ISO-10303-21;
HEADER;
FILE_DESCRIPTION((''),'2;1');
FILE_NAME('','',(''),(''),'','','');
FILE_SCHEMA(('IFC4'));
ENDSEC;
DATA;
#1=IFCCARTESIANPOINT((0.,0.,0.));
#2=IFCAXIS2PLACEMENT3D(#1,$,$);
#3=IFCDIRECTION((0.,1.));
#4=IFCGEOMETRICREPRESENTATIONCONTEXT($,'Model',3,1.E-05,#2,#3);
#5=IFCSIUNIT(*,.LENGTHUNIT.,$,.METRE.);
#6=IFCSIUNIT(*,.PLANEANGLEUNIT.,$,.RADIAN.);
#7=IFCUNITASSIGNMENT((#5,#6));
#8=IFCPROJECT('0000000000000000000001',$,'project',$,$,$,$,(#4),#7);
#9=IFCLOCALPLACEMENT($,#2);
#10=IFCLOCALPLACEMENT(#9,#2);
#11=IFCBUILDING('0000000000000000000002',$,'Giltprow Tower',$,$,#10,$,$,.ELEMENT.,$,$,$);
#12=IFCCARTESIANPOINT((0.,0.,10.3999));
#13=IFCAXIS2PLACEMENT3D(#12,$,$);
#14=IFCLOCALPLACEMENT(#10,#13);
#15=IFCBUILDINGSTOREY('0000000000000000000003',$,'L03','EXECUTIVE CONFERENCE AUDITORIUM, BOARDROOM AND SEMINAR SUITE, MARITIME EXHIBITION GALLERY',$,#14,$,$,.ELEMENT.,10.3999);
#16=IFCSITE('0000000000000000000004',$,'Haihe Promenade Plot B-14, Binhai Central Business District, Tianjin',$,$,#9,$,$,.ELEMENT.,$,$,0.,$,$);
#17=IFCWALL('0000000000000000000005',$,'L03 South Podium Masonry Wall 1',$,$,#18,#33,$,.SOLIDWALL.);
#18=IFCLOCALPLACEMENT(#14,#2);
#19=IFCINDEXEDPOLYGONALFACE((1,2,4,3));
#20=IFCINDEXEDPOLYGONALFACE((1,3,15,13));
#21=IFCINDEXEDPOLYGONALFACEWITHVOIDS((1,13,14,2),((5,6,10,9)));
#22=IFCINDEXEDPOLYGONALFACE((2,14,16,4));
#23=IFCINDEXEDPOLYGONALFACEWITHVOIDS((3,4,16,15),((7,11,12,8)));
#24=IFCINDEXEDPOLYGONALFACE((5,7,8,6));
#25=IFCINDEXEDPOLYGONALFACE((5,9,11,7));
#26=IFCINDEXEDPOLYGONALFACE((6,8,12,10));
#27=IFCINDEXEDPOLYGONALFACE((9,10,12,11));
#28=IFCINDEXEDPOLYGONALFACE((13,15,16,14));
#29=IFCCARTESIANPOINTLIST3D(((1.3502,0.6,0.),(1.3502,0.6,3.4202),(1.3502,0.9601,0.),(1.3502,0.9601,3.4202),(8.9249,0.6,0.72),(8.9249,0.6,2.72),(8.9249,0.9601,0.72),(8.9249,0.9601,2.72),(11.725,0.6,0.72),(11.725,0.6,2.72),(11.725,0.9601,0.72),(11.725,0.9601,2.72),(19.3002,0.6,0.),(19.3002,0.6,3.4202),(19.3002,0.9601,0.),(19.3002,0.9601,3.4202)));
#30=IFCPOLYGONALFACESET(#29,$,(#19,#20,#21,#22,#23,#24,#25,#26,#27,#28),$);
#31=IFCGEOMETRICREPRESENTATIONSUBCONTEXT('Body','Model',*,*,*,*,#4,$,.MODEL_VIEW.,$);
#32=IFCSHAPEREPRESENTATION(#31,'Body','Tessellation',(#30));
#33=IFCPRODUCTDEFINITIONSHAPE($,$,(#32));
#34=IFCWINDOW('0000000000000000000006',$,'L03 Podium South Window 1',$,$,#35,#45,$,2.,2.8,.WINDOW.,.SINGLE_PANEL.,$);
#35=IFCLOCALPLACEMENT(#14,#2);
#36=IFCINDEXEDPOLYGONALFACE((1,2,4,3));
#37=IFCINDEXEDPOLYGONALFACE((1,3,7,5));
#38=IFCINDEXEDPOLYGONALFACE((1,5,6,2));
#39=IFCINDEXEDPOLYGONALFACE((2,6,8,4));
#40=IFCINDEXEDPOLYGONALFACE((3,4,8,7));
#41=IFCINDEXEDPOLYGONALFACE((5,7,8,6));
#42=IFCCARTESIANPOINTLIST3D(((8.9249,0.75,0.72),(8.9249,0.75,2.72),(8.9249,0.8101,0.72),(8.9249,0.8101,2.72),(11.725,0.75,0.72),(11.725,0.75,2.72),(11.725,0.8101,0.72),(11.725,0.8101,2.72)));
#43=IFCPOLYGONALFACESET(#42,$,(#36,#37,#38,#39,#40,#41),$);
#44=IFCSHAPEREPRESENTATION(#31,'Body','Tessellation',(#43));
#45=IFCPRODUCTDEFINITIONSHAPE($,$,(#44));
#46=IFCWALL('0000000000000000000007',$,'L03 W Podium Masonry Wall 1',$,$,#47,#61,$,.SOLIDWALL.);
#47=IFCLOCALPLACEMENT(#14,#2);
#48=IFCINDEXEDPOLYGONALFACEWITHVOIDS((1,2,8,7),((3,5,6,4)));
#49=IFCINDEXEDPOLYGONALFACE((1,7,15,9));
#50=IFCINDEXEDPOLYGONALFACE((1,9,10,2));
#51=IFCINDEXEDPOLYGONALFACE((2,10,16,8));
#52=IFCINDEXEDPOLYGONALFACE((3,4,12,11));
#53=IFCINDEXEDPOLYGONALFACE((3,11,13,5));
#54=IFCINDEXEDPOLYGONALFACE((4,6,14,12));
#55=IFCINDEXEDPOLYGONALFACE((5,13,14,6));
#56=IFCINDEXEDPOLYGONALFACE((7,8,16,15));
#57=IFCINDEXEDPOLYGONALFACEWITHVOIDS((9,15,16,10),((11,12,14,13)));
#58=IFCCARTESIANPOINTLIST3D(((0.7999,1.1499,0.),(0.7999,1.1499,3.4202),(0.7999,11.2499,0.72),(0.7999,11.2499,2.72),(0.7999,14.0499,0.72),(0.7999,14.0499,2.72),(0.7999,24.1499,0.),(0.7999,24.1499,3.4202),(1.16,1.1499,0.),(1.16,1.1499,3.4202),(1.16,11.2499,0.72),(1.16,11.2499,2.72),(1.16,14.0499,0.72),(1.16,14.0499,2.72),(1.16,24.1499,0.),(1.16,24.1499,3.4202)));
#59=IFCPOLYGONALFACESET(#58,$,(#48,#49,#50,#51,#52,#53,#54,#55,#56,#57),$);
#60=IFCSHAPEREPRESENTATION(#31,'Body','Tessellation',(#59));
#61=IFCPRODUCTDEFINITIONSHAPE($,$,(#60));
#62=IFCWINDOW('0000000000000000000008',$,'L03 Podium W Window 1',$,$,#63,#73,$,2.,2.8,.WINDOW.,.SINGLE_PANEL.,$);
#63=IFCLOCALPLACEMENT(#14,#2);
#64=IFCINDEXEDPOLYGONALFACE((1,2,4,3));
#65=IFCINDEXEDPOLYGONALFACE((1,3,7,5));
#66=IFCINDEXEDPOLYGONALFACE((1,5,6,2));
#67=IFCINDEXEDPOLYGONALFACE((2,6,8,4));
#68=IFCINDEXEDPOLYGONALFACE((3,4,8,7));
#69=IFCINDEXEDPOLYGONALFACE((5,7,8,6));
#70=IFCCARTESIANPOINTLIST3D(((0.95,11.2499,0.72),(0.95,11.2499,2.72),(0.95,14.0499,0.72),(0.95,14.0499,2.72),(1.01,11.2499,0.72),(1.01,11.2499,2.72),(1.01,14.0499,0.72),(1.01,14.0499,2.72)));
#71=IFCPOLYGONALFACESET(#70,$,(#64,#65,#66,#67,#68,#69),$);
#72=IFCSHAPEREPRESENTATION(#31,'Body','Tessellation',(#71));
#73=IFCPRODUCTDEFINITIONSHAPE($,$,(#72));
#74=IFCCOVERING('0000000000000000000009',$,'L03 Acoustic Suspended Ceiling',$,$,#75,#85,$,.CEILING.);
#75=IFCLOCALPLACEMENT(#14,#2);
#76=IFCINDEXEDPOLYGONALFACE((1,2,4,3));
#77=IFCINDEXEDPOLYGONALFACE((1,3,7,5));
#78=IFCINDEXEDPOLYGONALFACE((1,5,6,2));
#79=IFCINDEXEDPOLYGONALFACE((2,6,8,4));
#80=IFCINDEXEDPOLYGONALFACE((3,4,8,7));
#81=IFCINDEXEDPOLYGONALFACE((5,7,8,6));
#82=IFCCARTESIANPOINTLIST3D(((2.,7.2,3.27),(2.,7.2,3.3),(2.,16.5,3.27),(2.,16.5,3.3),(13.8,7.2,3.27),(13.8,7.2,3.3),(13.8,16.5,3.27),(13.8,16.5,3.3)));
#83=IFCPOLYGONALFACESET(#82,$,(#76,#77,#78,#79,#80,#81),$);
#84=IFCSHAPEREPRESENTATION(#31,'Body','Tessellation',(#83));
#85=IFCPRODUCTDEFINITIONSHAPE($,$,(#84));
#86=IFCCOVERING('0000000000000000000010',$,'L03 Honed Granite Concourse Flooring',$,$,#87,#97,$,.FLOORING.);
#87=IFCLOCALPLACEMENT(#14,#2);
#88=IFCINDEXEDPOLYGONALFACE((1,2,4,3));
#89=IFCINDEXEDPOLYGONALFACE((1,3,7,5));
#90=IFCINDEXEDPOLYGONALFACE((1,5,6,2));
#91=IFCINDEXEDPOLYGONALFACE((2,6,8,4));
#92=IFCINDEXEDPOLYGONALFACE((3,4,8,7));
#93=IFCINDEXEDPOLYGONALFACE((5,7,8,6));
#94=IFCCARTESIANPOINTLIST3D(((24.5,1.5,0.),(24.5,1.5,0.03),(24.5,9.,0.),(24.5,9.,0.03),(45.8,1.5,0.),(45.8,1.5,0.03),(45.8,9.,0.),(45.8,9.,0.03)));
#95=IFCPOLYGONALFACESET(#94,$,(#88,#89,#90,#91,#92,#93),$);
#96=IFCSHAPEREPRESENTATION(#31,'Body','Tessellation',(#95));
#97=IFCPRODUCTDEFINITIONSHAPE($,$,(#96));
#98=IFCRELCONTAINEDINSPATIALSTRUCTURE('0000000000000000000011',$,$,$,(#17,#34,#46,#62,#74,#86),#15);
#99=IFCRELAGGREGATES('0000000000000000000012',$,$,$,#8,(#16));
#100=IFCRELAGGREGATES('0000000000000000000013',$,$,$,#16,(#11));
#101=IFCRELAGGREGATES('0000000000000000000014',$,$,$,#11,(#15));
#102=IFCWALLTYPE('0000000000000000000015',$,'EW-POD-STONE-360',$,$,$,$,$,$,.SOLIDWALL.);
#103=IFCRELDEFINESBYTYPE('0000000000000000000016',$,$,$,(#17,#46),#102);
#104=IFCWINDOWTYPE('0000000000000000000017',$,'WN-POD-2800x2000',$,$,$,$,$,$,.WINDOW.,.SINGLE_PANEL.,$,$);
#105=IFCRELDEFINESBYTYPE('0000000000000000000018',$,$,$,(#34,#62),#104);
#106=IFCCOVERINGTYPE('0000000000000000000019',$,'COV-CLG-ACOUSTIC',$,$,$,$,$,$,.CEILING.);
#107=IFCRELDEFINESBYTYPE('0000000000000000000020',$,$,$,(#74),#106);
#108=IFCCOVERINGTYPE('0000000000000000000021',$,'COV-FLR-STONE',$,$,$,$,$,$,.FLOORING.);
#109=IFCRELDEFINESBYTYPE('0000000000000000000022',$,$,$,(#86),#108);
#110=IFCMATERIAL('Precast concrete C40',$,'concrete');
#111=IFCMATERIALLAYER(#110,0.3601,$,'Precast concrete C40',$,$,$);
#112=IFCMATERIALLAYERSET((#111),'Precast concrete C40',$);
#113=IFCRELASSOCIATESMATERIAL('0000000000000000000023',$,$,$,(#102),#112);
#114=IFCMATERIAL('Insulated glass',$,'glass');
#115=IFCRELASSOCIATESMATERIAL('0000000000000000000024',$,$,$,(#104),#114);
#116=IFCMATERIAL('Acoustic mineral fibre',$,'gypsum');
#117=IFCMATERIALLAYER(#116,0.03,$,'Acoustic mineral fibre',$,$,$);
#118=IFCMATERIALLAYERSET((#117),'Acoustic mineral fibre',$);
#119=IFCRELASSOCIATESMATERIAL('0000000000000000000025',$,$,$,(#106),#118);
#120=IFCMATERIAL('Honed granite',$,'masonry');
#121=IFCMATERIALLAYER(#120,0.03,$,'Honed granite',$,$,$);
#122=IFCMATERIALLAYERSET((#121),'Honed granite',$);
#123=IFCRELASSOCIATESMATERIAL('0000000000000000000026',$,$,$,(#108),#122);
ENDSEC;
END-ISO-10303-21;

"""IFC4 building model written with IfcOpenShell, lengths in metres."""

from ifc_helpers import new_model, si_unit, direction, frame, frame_2d, origin, place, context, subcontext, project, spatial, polyline, rectangle, outline, extrude, source, transform, mapped, material, layer, layer_set, type_object, element, fill, save


model = new_model("IFC4")

# Units and contexts
model_context = context("Model", 3, precision=1e-05, world=origin(), true_north=direction((0.0, 1.0)))
body_context = subcontext(model_context, "Body", "Model", "MODEL_VIEW")
ifc_project = project(units=[si_unit("LENGTHUNIT", "METRE"), si_unit("PLANEANGLEUNIT", "RADIAN")], contexts=[model_context])

# Site, building, storey
site_placement = place(None, origin())
site = spatial("IfcSite", under=ifc_project, at=site_placement, Name="Haihe Promenade Plot B-14, Binhai Central Business District, Tianjin", CompositionType="ELEMENT", RefElevation=0.0)
building_placement = place(site_placement, origin())
building = spatial("IfcBuilding", under=site, at=building_placement, Name="Giltprow Tower", CompositionType="ELEMENT")
storey_placement = place(building_placement, frame((0.0, 0.0, 10.3999)))
storey = spatial("IfcBuildingStorey", under=building, at=storey_placement, Name="L03", Description="EXECUTIVE CONFERENCE AUDITORIUM, BOARDROOM AND SEMINAR SUITE, MARITIME EXHIBITION GALLERY", CompositionType="ELEMENT", Elevation=10.3999)

# Walls, openings, windows
ifc_material_1 = material(Name="Precast concrete C40", Category="concrete")
ifc_layer_1 = layer(ifc_material_1, 0.3601, Name="Precast concrete C40")
ifc_layer_set_1 = layer_set([ifc_layer_1], Name="Precast concrete C40")
wall_type = type_object("IfcWallType", Name="EW-POD-STONE-360", PredefinedType="SOLIDWALL", material=ifc_layer_set_1)
wall_1_placement = place(storey_placement, frame((1.3501, 0.78, 0.0), z_axis=(0.0, 0.0, 1.0), x_axis=(1.0, 0.0, 0.0)))
wall_1 = element("IfcWall", 1, at=wall_1_placement, inside=storey, type_object=wall_type, Name="L03 South Podium Masonry Wall 1", PredefinedType="SOLIDWALL", context=body_context, shape_type="SweptSolid", body=[
    extrude(rectangle(XDim=17.95, YDim=0.3601, at=frame_2d((8.9751, 0.0))), origin(), (0.0, 0.0, 1.0), 3.4202),
])
opening_1_placement = place(wall_1_placement, frame((7.575, 0.0, 0.72)))
opening_1 = element("IfcOpeningElement", 2, at=opening_1_placement, cuts=wall_1, PredefinedType="OPENING", context=body_context, shape_type="SweptSolid", body=[
    extrude(rectangle(XDim=2.8, YDim=2.0, at=frame_2d((1.3999, 1.0))), frame((0.0, 0.1899, 0.0), z_axis=(0.0, -1.0, 0.0), x_axis=(1.0, 0.0, 0.0)), (0.0, 0.0, 1.0), 0.3801),
])
ifc_material_2 = material(Name="Insulated glass", Category="glass")
window_type = type_object("IfcWindowType", Name="WN-POD-2800x2000", PartitioningType="SINGLE_PANEL", PredefinedType="WINDOW", material=ifc_material_2)
shared_shape_1 = source(origin(), body_context, "Body", "SweptSolid", [
    extrude(rectangle(XDim=2.8, YDim=2.0, at=frame_2d((1.3999, 1.0))), frame((0.0, 0.03, 0.0), z_axis=(0.0, -1.0, 0.0), x_axis=(1.0, 0.0, 0.0)), (0.0, 0.0, 1.0), 0.0601),
])
window_1_placement = place(opening_1_placement, origin())
window_1 = element("IfcWindow", 3, at=window_1_placement, inside=storey, type_object=window_type, Name="L03 Podium South Window 1", OverallHeight=2.0, OverallWidth=2.8, PartitioningType="SINGLE_PANEL", PredefinedType="WINDOW", context=body_context, shape_type="MappedRepresentation", body=[
    mapped(shared_shape_1, transform((0.0, 0.0, 0.0), x_axis=(1.0, 0.0, 0.0), y_axis=(0.0, 1.0, 0.0), z_axis=(0.0, 0.0, 1.0), scale=1.0)),
])
fill(opening_1, window_1)
wall_2_placement = place(storey_placement, frame((0.98, 1.1499, 0.0), z_axis=(0.0, 0.0, 1.0), x_axis=(0.0, 1.0, 0.0)))
wall_2 = element("IfcWall", 4, at=wall_2_placement, inside=storey, type_object=wall_type, Name="L03 W Podium Masonry Wall 1", PredefinedType="SOLIDWALL", context=body_context, shape_type="SweptSolid", body=[
    extrude(rectangle(XDim=23.0, YDim=0.3601, at=frame_2d((11.5, 0.0))), origin(), (0.0, 0.0, 1.0), 3.4202),
])
opening_2_placement = place(wall_2_placement, frame((10.1001, 0.0, 0.72)))
opening_2 = element("IfcOpeningElement", 5, at=opening_2_placement, cuts=wall_2, PredefinedType="OPENING", context=body_context, shape_type="SweptSolid", body=[
    extrude(rectangle(XDim=2.8, YDim=2.0, at=frame_2d((1.3999, 1.0))), frame((0.0, 0.1899, 0.0), z_axis=(0.0, -1.0, 0.0), x_axis=(1.0, 0.0, 0.0)), (0.0, 0.0, 1.0), 0.3801),
])
window_2_placement = place(opening_2_placement, origin())
window_2 = element("IfcWindow", 6, at=window_2_placement, inside=storey, type_object=window_type, Name="L03 Podium W Window 1", OverallHeight=2.0, OverallWidth=2.8, PartitioningType="SINGLE_PANEL", PredefinedType="WINDOW", context=body_context, shape_type="MappedRepresentation", body=[
    mapped(shared_shape_1, transform((0.0, 0.0, 0.0), x_axis=(1.0, 0.0, 0.0), y_axis=(0.0, 1.0, 0.0), z_axis=(0.0, 0.0, 1.0), scale=1.0)),
])
fill(opening_2, window_2)

# Coverings
ifc_material_3 = material(Name="Acoustic mineral fibre", Category="gypsum")
ifc_layer_2 = layer(ifc_material_3, 0.03, Name="Acoustic mineral fibre")
ifc_layer_set_2 = layer_set([ifc_layer_2], Name="Acoustic mineral fibre")
covering_type_1 = type_object("IfcCoveringType", Name="COV-CLG-ACOUSTIC", PredefinedType="CEILING", material=ifc_layer_set_2)
covering_1_placement = place(storey_placement, frame((0.0, 0.0, 3.27)))
element("IfcCovering", 7, at=covering_1_placement, inside=storey, type_object=covering_type_1, Name="L03 Acoustic Suspended Ceiling", PredefinedType="CEILING", context=body_context, shape_type="SweptSolid", body=[
    extrude(outline(polyline([(2.0, 7.2), (13.8, 7.2), (13.8, 16.5), (2.0, 16.5), (2.0, 7.2)])), origin(), (0.0, 0.0, 1.0), 0.03),
])
ifc_material_4 = material(Name="Honed granite", Category="masonry")
ifc_layer_3 = layer(ifc_material_4, 0.03, Name="Honed granite")
ifc_layer_set_3 = layer_set([ifc_layer_3], Name="Honed granite")
covering_type_2 = type_object("IfcCoveringType", Name="COV-FLR-STONE", PredefinedType="FLOORING", material=ifc_layer_set_3)
covering_2_placement = place(storey_placement, origin())
element("IfcCovering", 8, at=covering_2_placement, inside=storey, type_object=covering_type_2, Name="L03 Honed Granite Concourse Flooring", PredefinedType="FLOORING", context=body_context, shape_type="SweptSolid", body=[
    extrude(outline(polyline([(24.5, 1.5), (45.8, 1.5), (45.8, 9.0), (24.5, 9.0), (24.5, 1.5)])), origin(), (0.0, 0.0, 1.0), 0.03),
])

save(model, "model.ifc")
